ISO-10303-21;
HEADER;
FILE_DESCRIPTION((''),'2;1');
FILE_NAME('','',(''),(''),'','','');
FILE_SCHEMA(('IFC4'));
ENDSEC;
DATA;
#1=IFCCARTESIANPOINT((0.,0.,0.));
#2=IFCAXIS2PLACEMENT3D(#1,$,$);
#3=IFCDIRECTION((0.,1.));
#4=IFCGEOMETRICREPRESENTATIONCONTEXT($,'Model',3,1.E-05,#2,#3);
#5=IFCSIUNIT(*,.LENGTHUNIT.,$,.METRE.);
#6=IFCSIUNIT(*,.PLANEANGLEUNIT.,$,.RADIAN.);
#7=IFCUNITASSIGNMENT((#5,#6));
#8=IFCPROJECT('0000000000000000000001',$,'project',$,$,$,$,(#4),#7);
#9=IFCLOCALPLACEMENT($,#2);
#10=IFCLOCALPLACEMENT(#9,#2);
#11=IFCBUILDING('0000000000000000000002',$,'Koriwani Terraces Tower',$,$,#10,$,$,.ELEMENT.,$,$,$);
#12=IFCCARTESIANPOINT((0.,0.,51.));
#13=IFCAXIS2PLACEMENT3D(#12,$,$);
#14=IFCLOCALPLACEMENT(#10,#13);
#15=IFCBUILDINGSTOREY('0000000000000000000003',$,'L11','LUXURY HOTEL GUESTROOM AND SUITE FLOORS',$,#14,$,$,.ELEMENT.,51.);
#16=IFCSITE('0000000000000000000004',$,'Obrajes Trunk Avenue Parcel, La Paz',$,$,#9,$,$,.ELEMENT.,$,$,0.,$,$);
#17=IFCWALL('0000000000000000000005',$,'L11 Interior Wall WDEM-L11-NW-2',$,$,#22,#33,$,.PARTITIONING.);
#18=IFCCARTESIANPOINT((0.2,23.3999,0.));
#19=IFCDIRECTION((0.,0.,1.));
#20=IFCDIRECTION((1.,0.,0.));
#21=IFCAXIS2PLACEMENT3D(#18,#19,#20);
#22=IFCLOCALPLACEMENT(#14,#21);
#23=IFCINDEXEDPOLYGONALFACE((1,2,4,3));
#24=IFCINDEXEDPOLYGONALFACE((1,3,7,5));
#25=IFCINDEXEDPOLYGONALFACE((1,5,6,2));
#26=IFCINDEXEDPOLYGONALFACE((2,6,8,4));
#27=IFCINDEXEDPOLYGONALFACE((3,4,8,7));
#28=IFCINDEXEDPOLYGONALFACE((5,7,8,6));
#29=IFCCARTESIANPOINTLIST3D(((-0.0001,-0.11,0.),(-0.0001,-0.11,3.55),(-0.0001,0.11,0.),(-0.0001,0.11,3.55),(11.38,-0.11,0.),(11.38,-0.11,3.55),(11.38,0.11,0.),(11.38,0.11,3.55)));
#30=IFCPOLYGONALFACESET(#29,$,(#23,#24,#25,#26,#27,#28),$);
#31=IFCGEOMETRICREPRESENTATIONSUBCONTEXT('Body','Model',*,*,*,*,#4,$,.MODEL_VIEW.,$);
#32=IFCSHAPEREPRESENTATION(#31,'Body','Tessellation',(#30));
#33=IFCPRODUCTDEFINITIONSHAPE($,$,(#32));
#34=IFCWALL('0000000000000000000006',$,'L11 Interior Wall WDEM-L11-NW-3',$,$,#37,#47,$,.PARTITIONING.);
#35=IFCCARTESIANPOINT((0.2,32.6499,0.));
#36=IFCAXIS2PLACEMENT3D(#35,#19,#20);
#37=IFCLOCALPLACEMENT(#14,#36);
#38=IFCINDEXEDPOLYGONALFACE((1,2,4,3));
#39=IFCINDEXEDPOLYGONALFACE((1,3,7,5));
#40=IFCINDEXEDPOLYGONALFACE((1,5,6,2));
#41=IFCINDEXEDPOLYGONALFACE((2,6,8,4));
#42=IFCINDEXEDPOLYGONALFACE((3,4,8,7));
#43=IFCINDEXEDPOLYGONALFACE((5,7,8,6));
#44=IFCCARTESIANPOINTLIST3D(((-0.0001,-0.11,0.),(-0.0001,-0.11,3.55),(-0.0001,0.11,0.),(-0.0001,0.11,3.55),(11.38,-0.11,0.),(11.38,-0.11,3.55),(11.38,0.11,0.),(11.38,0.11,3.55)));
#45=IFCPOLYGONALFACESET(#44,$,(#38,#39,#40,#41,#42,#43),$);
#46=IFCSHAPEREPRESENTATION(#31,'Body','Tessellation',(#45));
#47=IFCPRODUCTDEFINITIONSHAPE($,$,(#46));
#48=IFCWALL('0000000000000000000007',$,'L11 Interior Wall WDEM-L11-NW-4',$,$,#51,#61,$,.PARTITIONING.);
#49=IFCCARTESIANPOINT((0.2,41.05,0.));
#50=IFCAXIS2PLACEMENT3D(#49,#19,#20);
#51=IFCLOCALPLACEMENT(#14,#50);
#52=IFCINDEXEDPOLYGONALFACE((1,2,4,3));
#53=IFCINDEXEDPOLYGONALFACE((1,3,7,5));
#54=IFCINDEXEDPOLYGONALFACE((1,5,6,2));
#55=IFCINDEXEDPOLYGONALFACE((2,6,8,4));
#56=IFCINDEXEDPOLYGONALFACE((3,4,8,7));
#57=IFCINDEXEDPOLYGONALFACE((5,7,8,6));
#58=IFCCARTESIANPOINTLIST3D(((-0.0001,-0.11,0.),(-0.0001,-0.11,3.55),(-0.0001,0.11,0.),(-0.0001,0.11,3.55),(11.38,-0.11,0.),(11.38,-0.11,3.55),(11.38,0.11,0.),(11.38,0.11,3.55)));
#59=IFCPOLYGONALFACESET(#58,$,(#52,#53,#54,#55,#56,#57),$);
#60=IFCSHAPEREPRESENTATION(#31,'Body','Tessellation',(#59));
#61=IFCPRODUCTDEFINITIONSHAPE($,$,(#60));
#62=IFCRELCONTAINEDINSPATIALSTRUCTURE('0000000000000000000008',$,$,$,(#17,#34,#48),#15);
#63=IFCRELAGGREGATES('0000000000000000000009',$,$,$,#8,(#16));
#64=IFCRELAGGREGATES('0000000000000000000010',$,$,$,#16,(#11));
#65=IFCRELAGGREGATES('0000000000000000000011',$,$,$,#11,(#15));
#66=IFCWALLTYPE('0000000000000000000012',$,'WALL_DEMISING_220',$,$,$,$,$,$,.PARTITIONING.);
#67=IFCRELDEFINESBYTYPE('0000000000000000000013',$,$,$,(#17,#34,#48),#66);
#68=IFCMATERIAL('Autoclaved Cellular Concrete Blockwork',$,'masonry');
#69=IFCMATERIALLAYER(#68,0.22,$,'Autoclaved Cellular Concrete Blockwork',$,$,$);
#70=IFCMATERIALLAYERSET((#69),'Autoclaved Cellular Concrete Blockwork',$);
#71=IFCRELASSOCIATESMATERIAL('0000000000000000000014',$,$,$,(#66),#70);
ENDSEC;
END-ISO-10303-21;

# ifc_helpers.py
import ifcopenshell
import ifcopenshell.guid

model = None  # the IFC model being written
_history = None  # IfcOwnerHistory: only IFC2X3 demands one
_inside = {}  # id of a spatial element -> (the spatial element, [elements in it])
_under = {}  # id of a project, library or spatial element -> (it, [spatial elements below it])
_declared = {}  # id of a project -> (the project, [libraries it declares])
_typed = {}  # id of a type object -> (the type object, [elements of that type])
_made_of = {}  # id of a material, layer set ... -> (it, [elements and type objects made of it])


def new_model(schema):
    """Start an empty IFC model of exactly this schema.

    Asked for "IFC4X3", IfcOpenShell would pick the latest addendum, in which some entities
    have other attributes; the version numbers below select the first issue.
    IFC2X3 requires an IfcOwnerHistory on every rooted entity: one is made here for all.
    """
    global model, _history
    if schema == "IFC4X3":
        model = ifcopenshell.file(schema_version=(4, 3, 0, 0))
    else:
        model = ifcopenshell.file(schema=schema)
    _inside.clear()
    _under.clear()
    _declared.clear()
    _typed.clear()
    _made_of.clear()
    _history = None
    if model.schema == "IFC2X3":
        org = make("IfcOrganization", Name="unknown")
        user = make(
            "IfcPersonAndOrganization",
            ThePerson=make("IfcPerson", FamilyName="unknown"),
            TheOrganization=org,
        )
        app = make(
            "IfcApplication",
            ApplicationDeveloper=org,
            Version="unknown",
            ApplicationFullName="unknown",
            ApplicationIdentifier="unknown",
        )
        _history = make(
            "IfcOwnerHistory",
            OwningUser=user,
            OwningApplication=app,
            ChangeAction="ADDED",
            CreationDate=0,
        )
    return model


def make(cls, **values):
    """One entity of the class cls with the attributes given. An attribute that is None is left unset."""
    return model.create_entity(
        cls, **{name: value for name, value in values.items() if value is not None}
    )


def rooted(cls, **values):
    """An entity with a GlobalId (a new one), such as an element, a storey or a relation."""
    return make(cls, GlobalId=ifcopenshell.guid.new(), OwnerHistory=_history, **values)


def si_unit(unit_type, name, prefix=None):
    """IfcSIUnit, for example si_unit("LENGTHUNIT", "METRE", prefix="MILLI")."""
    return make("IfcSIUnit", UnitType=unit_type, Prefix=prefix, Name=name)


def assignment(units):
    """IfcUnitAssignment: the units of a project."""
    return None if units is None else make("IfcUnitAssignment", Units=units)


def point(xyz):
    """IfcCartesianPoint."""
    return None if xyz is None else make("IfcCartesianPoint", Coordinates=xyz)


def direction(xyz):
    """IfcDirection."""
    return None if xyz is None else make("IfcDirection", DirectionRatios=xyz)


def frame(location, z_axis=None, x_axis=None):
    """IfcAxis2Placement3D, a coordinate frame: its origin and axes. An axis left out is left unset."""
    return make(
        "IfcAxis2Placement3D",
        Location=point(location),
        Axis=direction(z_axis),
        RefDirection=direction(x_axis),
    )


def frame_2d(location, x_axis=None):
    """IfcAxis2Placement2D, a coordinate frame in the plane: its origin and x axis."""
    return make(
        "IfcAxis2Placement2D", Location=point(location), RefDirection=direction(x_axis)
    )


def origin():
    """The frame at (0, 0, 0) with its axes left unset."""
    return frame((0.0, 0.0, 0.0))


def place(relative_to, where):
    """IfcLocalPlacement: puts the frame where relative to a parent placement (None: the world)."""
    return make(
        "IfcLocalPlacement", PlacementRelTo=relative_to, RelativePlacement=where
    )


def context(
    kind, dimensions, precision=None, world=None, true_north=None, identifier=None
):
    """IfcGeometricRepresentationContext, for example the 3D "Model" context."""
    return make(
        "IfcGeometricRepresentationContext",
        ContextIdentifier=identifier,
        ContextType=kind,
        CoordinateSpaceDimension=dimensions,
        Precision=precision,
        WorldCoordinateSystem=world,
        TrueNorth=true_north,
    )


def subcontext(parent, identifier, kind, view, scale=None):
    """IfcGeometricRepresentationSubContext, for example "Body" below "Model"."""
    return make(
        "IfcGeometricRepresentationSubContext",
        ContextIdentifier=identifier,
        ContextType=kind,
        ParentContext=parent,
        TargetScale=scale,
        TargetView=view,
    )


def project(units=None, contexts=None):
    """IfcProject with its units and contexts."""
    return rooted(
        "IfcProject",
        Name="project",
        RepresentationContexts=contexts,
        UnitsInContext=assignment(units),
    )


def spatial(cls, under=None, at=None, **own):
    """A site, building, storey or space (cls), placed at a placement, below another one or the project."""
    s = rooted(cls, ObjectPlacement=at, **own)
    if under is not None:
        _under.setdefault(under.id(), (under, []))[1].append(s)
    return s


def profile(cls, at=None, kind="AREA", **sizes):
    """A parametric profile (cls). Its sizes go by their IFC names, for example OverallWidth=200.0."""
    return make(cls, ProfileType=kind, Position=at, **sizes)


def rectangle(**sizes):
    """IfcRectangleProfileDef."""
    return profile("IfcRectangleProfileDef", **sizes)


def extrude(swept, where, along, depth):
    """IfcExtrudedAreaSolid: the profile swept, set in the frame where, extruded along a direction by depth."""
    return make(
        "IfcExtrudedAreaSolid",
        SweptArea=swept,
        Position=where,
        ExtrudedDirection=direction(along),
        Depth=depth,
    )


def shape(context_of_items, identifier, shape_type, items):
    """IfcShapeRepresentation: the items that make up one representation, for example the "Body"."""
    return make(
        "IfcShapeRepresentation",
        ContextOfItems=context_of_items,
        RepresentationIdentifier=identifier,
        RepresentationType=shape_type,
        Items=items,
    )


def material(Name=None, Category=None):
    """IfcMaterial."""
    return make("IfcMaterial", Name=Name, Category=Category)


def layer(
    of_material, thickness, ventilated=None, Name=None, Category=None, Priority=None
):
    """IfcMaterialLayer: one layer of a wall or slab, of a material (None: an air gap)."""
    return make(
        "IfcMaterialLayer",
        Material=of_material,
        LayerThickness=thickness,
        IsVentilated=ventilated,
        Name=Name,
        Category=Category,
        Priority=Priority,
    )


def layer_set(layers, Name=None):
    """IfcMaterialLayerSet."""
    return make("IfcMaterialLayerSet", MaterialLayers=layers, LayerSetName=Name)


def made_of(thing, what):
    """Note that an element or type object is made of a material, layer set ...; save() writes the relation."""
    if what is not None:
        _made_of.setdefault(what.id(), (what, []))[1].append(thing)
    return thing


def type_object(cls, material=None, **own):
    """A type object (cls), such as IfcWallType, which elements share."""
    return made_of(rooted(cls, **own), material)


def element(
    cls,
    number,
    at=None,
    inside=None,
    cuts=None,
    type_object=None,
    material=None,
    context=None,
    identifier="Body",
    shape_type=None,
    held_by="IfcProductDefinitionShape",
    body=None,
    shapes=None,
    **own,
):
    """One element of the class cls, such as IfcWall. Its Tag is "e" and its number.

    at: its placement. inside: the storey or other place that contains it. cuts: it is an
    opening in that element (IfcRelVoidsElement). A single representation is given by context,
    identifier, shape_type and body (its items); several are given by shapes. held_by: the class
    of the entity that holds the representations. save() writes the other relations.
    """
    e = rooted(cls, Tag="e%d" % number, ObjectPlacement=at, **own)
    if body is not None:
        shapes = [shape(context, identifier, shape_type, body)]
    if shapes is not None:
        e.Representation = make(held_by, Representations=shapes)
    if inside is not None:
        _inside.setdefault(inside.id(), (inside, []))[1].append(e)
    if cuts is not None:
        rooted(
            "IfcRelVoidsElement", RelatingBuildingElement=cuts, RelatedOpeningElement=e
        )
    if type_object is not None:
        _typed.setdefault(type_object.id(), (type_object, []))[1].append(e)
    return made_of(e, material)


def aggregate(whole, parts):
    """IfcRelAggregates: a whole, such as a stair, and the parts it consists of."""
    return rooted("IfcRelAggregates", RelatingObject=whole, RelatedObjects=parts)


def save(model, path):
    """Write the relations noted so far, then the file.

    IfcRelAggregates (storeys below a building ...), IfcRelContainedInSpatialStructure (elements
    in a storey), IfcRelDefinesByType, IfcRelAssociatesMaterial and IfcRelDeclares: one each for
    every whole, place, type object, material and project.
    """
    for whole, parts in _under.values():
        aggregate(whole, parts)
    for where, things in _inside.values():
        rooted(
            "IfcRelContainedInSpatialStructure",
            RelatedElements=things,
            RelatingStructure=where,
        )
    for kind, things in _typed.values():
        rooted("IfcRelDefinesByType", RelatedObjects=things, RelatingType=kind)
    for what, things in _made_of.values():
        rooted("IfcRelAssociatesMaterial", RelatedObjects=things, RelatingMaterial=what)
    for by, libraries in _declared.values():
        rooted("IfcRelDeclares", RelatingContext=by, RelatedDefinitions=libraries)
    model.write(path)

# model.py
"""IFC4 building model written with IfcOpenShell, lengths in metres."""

from ifc_helpers import new_model, si_unit, direction, frame, frame_2d, origin, place, context, subcontext, project, spatial, rectangle, extrude, material, layer, layer_set, type_object, element, save


model = new_model("IFC4")

# Units and contexts
model_context = context("Model", 3, precision=1e-05, world=origin(), true_north=direction((0.0, 1.0)))
body_context = subcontext(model_context, "Body", "Model", "MODEL_VIEW")
ifc_project = project(units=[si_unit("LENGTHUNIT", "METRE"), si_unit("PLANEANGLEUNIT", "RADIAN")], contexts=[model_context])

# Site, building, storey
site_placement = place(None, origin())
site = spatial("IfcSite", under=ifc_project, at=site_placement, Name="Obrajes Trunk Avenue Parcel, La Paz", CompositionType="ELEMENT", RefElevation=0.0)
building_placement = place(site_placement, origin())
building = spatial("IfcBuilding", under=site, at=building_placement, Name="Koriwani Terraces Tower", CompositionType="ELEMENT")
storey_placement = place(building_placement, frame((0.0, 0.0, 51.0)))
storey = spatial("IfcBuildingStorey", under=building, at=storey_placement, Name="L11", Description="LUXURY HOTEL GUESTROOM AND SUITE FLOORS", CompositionType="ELEMENT", Elevation=51.0)

# Walls
ifc_material_1 = material(Name="Autoclaved Cellular Concrete Blockwork", Category="masonry")
ifc_layer_1 = layer(ifc_material_1, 0.22, Name="Autoclaved Cellular Concrete Blockwork")
ifc_layer_set_1 = layer_set([ifc_layer_1], Name="Autoclaved Cellular Concrete Blockwork")
wall_type_1 = type_object("IfcWallType", Name="WALL_DEMISING_220", PredefinedType="PARTITIONING", material=ifc_layer_set_1)
for number, where, z_axis, x_axis, name in (
    (1, (0.2, 23.3999, 0.0), (0.0, 0.0, 1.0), (1.0, 0.0, 0.0), "L11 Interior Wall WDEM-L11-NW-2"),
    (2, (0.2, 32.6499, 0.0), (0.0, 0.0, 1.0), (1.0, 0.0, 0.0), "L11 Interior Wall WDEM-L11-NW-3"),
    (3, (0.2, 41.05, 0.0), (0.0, 0.0, 1.0), (1.0, 0.0, 0.0), "L11 Interior Wall WDEM-L11-NW-4"),
):
    element("IfcWall", number, at=place(storey_placement, frame(where, z_axis=z_axis, x_axis=x_axis)), inside=storey, type_object=wall_type_1, Name=name, PredefinedType="PARTITIONING", context=body_context, shape_type="SweptSolid", body=[
        extrude(rectangle(XDim=11.3801, YDim=0.22, at=frame_2d((5.6899, 0.0))), origin(), (0.0, 0.0, 1.0), 3.55),
    ])

save(model, "model.ifc")
